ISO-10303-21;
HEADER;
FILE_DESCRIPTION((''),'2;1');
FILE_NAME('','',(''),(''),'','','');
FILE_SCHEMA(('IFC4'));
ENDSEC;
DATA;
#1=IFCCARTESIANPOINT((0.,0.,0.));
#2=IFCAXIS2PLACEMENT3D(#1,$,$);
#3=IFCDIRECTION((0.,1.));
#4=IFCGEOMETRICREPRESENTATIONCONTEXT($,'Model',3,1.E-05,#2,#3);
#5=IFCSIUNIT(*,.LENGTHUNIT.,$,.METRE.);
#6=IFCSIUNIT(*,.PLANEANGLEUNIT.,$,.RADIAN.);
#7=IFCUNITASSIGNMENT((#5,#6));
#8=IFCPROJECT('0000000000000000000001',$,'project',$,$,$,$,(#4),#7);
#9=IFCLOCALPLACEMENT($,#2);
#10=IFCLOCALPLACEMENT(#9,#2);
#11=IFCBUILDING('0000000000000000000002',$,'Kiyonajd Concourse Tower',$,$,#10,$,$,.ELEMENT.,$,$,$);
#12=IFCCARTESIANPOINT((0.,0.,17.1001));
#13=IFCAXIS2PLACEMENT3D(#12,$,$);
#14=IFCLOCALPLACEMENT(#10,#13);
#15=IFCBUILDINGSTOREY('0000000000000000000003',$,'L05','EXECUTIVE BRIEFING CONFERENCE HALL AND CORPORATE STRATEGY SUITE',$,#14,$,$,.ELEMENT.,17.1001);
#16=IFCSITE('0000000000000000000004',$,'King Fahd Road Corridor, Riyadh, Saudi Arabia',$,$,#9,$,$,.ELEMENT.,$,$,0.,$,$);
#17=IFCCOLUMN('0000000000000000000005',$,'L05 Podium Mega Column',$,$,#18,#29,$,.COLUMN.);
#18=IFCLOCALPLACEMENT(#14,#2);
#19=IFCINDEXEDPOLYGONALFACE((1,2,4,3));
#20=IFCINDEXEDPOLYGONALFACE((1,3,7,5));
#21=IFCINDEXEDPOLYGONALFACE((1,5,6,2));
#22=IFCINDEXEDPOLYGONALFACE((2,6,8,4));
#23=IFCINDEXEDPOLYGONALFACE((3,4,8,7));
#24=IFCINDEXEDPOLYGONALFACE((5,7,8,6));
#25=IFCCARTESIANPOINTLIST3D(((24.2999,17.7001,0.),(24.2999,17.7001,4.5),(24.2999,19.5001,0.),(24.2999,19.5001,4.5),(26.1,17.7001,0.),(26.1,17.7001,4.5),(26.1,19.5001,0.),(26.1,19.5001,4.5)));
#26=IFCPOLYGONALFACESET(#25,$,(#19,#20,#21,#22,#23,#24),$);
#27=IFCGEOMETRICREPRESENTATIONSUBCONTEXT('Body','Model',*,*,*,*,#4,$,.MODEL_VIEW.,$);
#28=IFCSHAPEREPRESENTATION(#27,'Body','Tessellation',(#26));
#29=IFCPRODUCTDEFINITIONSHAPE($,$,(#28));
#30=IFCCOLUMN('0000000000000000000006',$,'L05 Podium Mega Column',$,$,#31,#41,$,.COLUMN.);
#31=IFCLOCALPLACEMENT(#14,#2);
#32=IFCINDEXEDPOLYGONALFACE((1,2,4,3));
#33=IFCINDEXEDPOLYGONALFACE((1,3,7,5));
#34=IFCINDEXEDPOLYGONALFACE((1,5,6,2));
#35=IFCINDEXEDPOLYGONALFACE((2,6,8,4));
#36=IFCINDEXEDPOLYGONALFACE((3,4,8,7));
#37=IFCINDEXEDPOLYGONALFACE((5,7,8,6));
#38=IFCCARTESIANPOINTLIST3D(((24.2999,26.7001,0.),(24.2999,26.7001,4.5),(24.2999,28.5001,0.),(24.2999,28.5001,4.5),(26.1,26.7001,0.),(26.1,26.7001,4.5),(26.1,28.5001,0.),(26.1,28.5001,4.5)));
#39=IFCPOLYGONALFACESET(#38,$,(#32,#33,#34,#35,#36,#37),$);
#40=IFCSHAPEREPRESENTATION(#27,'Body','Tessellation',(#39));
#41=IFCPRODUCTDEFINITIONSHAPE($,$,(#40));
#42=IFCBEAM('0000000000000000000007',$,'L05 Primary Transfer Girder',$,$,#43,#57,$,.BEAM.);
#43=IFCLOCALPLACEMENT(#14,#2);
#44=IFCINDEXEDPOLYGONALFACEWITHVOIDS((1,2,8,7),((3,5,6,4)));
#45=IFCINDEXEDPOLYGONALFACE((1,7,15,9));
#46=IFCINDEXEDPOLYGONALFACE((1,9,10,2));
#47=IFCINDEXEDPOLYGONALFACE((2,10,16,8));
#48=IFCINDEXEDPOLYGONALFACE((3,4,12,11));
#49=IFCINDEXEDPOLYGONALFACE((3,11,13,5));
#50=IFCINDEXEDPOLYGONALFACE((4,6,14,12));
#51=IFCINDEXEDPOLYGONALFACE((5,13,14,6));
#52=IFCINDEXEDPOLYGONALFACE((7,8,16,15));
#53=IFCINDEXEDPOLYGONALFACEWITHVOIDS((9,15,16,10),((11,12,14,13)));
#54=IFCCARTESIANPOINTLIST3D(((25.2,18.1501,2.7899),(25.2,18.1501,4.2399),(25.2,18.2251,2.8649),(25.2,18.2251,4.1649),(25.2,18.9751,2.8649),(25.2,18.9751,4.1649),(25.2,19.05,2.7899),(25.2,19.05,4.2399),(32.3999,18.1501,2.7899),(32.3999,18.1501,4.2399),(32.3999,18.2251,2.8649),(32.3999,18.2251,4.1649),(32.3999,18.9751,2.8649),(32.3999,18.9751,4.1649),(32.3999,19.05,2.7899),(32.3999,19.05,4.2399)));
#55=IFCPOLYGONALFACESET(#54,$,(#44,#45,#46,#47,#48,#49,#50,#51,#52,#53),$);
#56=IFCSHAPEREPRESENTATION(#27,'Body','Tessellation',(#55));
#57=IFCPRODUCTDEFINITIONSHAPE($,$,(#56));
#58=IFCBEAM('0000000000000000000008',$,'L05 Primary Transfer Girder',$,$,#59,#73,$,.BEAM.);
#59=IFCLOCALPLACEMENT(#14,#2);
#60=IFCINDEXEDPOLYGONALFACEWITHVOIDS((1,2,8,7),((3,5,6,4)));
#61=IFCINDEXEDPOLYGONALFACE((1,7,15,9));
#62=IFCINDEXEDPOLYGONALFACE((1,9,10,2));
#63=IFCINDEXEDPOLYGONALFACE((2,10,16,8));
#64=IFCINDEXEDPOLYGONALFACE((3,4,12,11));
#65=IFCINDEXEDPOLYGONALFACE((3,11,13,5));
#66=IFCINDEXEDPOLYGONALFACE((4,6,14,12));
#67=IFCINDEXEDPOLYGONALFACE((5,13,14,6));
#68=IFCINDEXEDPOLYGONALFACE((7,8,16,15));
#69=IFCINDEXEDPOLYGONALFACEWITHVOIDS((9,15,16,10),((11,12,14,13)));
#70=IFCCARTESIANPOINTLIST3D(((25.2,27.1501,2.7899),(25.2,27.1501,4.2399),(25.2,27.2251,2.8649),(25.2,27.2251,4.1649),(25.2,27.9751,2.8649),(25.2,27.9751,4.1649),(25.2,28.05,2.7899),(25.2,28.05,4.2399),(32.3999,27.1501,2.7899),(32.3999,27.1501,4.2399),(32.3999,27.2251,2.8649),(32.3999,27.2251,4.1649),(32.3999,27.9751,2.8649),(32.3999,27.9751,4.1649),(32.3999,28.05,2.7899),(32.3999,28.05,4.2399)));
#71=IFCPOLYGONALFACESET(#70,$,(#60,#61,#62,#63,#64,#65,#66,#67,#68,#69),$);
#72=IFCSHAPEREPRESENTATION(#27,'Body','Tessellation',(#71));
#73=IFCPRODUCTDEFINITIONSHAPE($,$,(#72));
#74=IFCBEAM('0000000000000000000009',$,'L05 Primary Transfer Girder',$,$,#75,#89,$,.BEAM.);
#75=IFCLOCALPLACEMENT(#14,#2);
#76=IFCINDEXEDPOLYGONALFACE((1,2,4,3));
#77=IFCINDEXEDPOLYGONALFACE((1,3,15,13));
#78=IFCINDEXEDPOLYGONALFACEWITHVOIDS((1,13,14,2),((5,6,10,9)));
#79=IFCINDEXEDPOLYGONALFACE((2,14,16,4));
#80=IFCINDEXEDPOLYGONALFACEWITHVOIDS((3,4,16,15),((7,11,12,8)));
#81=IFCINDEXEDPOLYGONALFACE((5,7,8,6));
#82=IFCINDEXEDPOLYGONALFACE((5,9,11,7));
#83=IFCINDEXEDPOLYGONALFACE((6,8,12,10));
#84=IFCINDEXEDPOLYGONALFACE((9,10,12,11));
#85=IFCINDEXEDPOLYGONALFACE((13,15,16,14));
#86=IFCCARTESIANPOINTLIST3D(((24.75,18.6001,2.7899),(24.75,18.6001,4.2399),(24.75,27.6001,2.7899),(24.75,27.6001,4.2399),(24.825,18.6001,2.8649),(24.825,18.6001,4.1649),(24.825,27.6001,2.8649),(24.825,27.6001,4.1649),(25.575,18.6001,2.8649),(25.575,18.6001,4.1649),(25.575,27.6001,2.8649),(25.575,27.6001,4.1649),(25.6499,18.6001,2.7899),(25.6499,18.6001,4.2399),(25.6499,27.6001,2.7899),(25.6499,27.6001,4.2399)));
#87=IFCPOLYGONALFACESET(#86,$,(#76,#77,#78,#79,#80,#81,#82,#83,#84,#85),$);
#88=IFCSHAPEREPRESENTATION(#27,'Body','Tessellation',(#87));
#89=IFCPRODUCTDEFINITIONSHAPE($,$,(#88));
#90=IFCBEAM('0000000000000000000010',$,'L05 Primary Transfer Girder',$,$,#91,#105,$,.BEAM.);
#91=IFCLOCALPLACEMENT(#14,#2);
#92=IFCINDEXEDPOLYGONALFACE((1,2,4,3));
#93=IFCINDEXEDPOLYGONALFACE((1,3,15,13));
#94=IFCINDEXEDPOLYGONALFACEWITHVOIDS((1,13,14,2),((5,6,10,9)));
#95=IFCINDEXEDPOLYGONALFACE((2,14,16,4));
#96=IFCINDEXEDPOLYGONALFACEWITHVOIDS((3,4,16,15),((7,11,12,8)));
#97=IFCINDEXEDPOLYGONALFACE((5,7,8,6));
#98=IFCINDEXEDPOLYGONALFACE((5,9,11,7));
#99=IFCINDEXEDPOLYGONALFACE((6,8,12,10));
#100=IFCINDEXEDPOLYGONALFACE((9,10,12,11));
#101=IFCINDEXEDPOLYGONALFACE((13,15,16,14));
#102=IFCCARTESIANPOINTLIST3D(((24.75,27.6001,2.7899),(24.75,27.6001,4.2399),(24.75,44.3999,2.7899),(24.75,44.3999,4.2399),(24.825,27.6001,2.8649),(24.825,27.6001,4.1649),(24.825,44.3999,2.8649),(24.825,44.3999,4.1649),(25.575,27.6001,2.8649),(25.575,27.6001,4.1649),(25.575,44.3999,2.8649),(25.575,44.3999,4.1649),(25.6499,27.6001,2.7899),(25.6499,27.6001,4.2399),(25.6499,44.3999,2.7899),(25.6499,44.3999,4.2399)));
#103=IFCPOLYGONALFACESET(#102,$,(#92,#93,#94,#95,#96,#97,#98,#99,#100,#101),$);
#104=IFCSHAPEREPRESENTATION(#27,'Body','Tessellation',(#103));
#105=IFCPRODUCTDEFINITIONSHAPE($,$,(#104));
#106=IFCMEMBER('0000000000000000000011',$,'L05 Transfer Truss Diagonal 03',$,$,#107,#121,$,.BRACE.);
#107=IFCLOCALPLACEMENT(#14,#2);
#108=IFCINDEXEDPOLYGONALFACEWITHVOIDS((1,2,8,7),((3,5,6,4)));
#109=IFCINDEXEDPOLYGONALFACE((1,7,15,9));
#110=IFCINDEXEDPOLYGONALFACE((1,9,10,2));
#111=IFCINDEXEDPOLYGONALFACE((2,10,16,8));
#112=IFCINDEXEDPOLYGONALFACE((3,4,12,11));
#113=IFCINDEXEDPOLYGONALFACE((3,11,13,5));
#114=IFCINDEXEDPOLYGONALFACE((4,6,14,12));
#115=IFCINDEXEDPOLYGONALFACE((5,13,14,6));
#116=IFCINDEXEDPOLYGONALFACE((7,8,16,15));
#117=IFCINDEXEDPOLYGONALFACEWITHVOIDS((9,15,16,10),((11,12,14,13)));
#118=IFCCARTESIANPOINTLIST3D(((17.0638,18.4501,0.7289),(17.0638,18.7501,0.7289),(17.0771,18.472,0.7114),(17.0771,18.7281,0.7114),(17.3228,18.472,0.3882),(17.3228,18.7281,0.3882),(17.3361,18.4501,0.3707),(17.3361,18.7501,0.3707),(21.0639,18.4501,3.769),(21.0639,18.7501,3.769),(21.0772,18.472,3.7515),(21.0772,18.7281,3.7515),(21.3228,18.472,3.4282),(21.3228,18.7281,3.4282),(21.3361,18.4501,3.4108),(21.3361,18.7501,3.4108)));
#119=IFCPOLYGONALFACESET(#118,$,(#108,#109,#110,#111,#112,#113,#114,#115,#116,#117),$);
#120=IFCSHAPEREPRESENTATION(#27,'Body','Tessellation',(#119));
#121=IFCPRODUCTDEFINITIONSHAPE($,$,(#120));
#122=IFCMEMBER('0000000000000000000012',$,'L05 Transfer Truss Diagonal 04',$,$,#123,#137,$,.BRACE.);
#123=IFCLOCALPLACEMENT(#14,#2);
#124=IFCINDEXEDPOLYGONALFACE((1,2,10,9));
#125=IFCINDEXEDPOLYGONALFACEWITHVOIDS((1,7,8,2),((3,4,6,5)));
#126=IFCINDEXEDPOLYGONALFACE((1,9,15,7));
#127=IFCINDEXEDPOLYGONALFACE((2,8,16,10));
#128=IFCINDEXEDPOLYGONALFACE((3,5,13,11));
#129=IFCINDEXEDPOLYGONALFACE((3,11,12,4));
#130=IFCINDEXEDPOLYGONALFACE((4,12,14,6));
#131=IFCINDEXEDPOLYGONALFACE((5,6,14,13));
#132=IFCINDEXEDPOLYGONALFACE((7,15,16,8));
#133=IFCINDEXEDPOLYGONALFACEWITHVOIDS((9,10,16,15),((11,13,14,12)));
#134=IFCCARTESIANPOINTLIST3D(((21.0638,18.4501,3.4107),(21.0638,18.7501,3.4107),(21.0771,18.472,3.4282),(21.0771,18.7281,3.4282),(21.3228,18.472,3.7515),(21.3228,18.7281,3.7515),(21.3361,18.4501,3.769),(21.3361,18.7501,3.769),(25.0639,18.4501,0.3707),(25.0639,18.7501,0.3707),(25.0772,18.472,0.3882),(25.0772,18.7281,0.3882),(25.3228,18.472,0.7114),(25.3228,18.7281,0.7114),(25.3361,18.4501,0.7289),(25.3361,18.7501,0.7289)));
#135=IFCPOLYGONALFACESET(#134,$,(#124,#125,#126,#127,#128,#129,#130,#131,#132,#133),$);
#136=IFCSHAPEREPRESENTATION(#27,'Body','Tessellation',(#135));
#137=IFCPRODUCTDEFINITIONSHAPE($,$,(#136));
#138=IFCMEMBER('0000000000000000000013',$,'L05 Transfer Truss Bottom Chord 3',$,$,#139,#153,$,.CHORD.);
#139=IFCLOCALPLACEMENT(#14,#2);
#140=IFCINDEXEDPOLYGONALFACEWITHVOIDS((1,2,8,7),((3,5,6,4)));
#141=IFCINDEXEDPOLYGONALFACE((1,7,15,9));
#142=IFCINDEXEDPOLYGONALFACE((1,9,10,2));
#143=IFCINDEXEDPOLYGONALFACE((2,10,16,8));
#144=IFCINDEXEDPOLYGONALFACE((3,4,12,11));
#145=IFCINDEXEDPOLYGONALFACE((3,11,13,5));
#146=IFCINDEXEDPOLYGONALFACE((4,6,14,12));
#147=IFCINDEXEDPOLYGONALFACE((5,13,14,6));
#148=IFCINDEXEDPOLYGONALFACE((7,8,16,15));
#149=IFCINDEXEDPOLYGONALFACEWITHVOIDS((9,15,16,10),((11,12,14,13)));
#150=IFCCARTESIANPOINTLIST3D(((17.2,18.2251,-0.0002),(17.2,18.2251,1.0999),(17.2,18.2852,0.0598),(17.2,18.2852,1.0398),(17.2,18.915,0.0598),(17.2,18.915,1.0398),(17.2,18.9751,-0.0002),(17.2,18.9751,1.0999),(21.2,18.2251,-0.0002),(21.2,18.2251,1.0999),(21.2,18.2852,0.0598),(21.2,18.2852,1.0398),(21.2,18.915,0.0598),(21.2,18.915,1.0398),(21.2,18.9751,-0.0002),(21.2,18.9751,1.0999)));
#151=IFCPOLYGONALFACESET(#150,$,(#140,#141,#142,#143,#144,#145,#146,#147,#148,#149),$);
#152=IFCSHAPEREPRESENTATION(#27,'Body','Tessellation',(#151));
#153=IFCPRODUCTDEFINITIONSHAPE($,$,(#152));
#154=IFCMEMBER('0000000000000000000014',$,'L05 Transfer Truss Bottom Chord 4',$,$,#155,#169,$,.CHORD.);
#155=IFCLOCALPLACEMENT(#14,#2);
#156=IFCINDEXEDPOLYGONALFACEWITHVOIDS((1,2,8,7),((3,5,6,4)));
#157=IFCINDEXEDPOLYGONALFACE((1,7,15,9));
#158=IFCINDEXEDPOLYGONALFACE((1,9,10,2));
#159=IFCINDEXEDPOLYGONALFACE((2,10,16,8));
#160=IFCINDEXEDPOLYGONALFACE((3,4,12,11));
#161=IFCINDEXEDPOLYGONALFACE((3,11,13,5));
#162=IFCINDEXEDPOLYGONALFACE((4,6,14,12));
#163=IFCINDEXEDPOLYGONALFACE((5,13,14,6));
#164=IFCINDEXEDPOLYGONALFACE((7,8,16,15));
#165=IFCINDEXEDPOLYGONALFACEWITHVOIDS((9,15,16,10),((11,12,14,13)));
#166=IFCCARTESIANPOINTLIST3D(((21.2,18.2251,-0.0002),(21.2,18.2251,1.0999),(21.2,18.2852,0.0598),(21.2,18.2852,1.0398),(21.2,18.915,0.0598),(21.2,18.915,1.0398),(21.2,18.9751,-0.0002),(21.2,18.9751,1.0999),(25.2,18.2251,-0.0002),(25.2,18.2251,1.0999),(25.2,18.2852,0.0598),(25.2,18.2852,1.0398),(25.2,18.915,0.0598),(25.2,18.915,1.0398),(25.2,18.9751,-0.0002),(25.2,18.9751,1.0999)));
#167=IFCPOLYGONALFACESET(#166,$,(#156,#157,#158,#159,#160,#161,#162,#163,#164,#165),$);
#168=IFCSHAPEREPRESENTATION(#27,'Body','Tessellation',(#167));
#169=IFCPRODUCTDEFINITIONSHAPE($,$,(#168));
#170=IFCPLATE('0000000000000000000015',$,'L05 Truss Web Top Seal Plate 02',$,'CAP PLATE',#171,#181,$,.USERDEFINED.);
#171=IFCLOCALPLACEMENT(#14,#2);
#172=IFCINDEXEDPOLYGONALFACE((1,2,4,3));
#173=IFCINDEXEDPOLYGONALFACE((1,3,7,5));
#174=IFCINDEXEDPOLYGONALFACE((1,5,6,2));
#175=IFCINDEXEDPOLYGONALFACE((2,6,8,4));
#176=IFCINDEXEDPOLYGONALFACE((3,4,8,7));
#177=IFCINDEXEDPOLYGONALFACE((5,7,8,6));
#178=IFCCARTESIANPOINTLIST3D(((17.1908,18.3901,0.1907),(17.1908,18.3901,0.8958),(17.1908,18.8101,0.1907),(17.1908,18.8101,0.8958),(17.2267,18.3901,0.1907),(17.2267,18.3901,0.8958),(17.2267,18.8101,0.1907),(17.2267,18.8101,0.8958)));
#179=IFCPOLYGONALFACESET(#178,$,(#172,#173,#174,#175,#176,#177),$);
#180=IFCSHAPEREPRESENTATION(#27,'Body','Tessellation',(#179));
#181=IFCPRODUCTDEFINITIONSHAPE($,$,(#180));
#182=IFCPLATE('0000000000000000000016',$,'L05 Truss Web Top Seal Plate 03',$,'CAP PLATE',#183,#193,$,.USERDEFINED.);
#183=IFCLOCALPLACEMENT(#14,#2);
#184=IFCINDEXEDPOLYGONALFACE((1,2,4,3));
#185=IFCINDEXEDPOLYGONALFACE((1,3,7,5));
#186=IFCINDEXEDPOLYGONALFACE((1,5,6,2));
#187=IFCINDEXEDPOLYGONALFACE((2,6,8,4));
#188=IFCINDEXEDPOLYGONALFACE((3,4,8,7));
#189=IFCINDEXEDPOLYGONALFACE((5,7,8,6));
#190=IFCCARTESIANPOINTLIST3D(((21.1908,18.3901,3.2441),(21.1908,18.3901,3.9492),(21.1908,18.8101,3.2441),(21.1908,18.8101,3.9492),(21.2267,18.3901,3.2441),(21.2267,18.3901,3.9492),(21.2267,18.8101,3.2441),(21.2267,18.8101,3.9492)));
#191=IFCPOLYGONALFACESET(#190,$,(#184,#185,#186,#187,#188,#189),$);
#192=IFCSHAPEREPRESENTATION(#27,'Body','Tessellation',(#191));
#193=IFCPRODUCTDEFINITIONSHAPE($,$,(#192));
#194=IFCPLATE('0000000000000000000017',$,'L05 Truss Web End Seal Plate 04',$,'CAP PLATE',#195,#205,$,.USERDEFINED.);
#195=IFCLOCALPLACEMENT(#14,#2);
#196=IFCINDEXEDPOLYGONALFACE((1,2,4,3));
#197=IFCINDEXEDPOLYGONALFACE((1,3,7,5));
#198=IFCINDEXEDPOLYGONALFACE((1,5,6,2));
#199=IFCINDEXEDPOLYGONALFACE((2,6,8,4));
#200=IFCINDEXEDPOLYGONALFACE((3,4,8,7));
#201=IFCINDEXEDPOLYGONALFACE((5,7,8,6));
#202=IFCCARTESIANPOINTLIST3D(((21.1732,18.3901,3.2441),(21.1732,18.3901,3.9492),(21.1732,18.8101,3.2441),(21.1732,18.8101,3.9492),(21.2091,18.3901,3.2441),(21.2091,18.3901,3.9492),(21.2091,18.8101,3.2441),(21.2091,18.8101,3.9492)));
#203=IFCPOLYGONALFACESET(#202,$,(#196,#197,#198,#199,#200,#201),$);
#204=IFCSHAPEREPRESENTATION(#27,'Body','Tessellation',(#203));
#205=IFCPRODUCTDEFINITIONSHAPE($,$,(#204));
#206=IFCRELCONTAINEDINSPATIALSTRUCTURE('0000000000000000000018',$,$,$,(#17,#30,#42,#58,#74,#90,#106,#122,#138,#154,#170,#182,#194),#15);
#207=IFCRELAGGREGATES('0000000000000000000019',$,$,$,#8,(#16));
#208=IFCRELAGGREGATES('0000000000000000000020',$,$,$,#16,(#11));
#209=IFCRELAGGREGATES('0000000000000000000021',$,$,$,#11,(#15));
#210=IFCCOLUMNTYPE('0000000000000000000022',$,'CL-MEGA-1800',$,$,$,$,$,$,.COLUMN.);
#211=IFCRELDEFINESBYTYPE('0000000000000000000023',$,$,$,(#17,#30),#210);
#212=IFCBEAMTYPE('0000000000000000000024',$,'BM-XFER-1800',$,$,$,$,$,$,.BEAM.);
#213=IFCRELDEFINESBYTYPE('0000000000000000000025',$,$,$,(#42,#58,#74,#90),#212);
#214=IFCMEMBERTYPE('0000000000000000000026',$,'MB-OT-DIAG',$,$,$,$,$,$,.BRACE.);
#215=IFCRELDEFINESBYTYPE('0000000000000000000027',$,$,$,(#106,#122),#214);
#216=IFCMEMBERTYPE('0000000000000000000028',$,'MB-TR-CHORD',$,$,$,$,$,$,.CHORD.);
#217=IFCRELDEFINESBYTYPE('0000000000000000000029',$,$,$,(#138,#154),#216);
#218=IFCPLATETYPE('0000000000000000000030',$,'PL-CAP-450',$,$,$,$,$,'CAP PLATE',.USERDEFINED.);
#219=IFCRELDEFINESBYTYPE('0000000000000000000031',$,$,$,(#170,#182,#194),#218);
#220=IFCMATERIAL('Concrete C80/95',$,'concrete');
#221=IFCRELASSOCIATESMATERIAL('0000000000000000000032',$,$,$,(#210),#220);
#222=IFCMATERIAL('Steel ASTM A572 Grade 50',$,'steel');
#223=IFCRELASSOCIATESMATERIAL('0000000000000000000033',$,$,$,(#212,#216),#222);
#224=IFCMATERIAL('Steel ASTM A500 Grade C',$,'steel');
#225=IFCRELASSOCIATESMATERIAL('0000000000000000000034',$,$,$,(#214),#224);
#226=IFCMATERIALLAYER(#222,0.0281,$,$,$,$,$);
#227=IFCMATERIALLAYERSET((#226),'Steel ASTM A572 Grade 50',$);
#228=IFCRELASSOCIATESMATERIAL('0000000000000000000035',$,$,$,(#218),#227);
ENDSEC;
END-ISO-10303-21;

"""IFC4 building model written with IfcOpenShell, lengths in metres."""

from ifc_helpers import new_model, si_unit, direction, frame, origin, origin_2d, place, context, subcontext, project, spatial, rectangle, hollow_rectangle, extrude, material, layer, layer_set, material_profile, profile_set, type_object, element, save


model = new_model("IFC4")

# Units and contexts
model_context = context("Model", 3, precision=1e-05, world=origin(), true_north=direction((0.0, 1.0)))
body_context = subcontext(model_context, "Body", "Model", "MODEL_VIEW")
ifc_project = project(units=[si_unit("LENGTHUNIT", "METRE"), si_unit("PLANEANGLEUNIT", "RADIAN")], contexts=[model_context])

# Site, building, storey
site_placement = place(None, origin())
site = spatial("IfcSite", under=ifc_project, at=site_placement, Name="King Fahd Road Corridor, Riyadh, Saudi Arabia", CompositionType="ELEMENT", RefElevation=0.0)
building_placement = place(site_placement, origin())
building = spatial("IfcBuilding", under=site, at=building_placement, Name="Kiyonajd Concourse Tower", CompositionType="ELEMENT")
storey_placement = place(building_placement, frame((0.0, 0.0, 17.1001)))
storey = spatial("IfcBuildingStorey", under=building, at=storey_placement, Name="L05", Description="EXECUTIVE BRIEFING CONFERENCE HALL AND CORPORATE STRATEGY SUITE", CompositionType="ELEMENT", Elevation=17.1001)

# Columns
ifc_material_1 = material(Name="Concrete C80/95", Category="concrete")
ifc_material_profile_1 = material_profile(ifc_material_1, rectangle(XDim=1.8, YDim=1.8, at=origin_2d()), Name="RC-1800x1800")
ifc_profile_set_1 = profile_set([ifc_material_profile_1], Name="Concrete C80/95")
column_type = type_object("IfcColumnType", Name="CL-MEGA-1800", PredefinedType="COLUMN", material=ifc_profile_set_1)
for number, where, z_axis, x_axis, name in (
    (1, (25.2, 18.6001, 0.0), (0.0, 0.0, 1.0), (1.0, 0.0, 0.0), "L05 Podium Mega Column"),
    (2, (25.2, 27.6001, 0.0), (0.0, 0.0, 1.0), (1.0, 0.0, 0.0), "L05 Podium Mega Column"),
):
    element("IfcColumn", number, at=place(storey_placement, frame(where, z_axis=z_axis, x_axis=x_axis)), inside=storey, type_object=column_type, Name=name, PredefinedType="COLUMN", context=body_context, shape_type="SweptSolid", body=[
        extrude(rectangle(XDim=1.8, YDim=1.8, at=origin_2d()), origin(), (0.0, 0.0, 1.0), 4.5),
    ])

# Beams
ifc_material_2 = material(Name="Steel ASTM A572 Grade 50", Category="steel")
ifc_material_profile_2 = material_profile(ifc_material_2, hollow_rectangle(XDim=0.8999, YDim=1.45, WallThickness=0.075, at=origin_2d()), Name="BOX-1450x900x75")
ifc_profile_set_2 = profile_set([ifc_material_profile_2], Name="Steel ASTM A572 Grade 50")
beam_type = type_object("IfcBeamType", Name="BM-XFER-1800", PredefinedType="BEAM", material=ifc_profile_set_2)
for number, where, z_axis, x_axis, name in (
    (3, (25.2, 18.6001, 3.5149), (1.0, 0.0, 0.0), (0.0, 1.0, 0.0), "L05 Primary Transfer Girder"),
    (4, (25.2, 27.6001, 3.5149), (1.0, 0.0, 0.0), (0.0, 1.0, 0.0), "L05 Primary Transfer Girder"),
):
    element("IfcBeam", number, at=place(storey_placement, frame(where, z_axis=z_axis, x_axis=x_axis)), inside=storey, type_object=beam_type, Name=name, PredefinedType="BEAM", context=body_context, shape_type="SweptSolid", body=[
        extrude(hollow_rectangle(XDim=0.8999, YDim=1.45, WallThickness=0.075, at=origin_2d()), origin(), (0.0, 0.0, 1.0), 7.2),
    ])
beam_1_placement = place(storey_placement, frame((25.2, 18.6001, 3.5149), z_axis=(0.0, 1.0, 0.0), x_axis=(-1.0, 0.0, 0.0)))
element("IfcBeam", 5, at=beam_1_placement, inside=storey, type_object=beam_type, Name="L05 Primary Transfer Girder", PredefinedType="BEAM", context=body_context, shape_type="SweptSolid", body=[
    extrude(hollow_rectangle(XDim=0.8999, YDim=1.45, WallThickness=0.075, at=origin_2d()), origin(), (0.0, 0.0, 1.0), 9.0),
])
beam_2_placement = place(storey_placement, frame((25.2, 27.6001, 3.5149), z_axis=(0.0, 1.0, 0.0), x_axis=(-1.0, 0.0, 0.0)))
element("IfcBeam", 6, at=beam_2_placement, inside=storey, type_object=beam_type, Name="L05 Primary Transfer Girder", PredefinedType="BEAM", context=body_context, shape_type="SweptSolid", body=[
    extrude(hollow_rectangle(XDim=0.8999, YDim=1.45, WallThickness=0.075, at=origin_2d()), origin(), (0.0, 0.0, 1.0), 16.7998),
])

# Members
ifc_material_3 = material(Name="Steel ASTM A500 Grade C", Category="steel")
ifc_material_profile_3 = material_profile(ifc_material_3, hollow_rectangle(XDim=0.3, YDim=0.45, WallThickness=0.022, at=origin_2d()), Name="HSS-450x300x22")
ifc_profile_set_3 = profile_set([ifc_material_profile_3], Name="Steel ASTM A500 Grade C")
member_type_1 = type_object("IfcMemberType", Name="MB-OT-DIAG", PredefinedType="BRACE", material=ifc_profile_set_3)
for number, where, z_axis, x_axis, name in (
    (7, (17.2, 18.6001, 0.5498), (0.796158, 0.0, 0.605088), (0.0, 1.0, 0.0), "L05 Transfer Truss Diagonal 03"),
    (8, (21.2, 18.6001, 3.5898), (0.796158, 0.0, -0.605088), (0.0, 1.0, 0.0), "L05 Transfer Truss Diagonal 04"),
):
    element("IfcMember", number, at=place(storey_placement, frame(where, z_axis=z_axis, x_axis=x_axis)), inside=storey, type_object=member_type_1, Name=name, PredefinedType="BRACE", context=body_context, shape_type="SweptSolid", body=[
        extrude(hollow_rectangle(XDim=0.3, YDim=0.45, WallThickness=0.022, at=origin_2d()), origin(), (0.0, 0.0, 1.0), 5.0242),
    ])
ifc_material_profile_4 = material_profile(ifc_material_2, hollow_rectangle(XDim=0.75, YDim=1.1001, WallThickness=0.0601, at=origin_2d()), Name="BOX-1100x750x60")
ifc_profile_set_4 = profile_set([ifc_material_profile_4], Name="Steel ASTM A572 Grade 50")
member_type_2 = type_object("IfcMemberType", Name="MB-TR-CHORD", PredefinedType="CHORD", material=ifc_profile_set_4)
for number, where, z_axis, x_axis, name in (
    (9, (17.2, 18.6001, 0.5498), (1.0, 0.0, 0.0), (0.0, 1.0, 0.0), "L05 Transfer Truss Bottom Chord 3"),
    (10, (21.2, 18.6001, 0.5498), (1.0, 0.0, 0.0), (0.0, 1.0, 0.0), "L05 Transfer Truss Bottom Chord 4"),
):
    element("IfcMember", number, at=place(storey_placement, frame(where, z_axis=z_axis, x_axis=x_axis)), inside=storey, type_object=member_type_2, Name=name, PredefinedType="CHORD", context=body_context, shape_type="SweptSolid", body=[
        extrude(hollow_rectangle(XDim=0.75, YDim=1.1001, WallThickness=0.0601, at=origin_2d()), origin(), (0.0, 0.0, 1.0), 4.0),
    ])

# Plates
ifc_layer_1 = layer(ifc_material_2, 0.0281)
ifc_layer_set_1 = layer_set([ifc_layer_1], Name="Steel ASTM A572 Grade 50")
plate_type_1 = type_object("IfcPlateType", Name="PL-CAP-450", ElementType="CAP PLATE", PredefinedType="USERDEFINED", material=ifc_layer_set_1)
for number, where, z_axis, x_axis, name in (
    (11, (17.2087, 18.6001, 0.1907), (0.0, 0.0, 1.0), (1.0, 0.0, 0.0), "L05 Truss Web Top Seal Plate 02"),
    (12, (21.2087, 18.6001, 3.2441), (0.0, 0.0, 1.0), (1.0, 0.0, 0.0), "L05 Truss Web Top Seal Plate 03"),
    (13, (21.1912, 18.6001, 3.2441), (0.0, 0.0, 1.0), (-1.0, 0.0, 0.0), "L05 Truss Web End Seal Plate 04"),
):
    element("IfcPlate", number, at=place(storey_placement, frame(where, z_axis=z_axis, x_axis=x_axis)), inside=storey, type_object=plate_type_1, Name=name, ObjectType="CAP PLATE", PredefinedType="USERDEFINED", context=body_context, shape_type="SweptSolid", body=[
        extrude(rectangle(XDim=0.0359, YDim=0.4199, at=origin_2d()), origin(), (0.0, 0.0, 1.0), 0.7051),
    ])

save(model, "model.ifc")
